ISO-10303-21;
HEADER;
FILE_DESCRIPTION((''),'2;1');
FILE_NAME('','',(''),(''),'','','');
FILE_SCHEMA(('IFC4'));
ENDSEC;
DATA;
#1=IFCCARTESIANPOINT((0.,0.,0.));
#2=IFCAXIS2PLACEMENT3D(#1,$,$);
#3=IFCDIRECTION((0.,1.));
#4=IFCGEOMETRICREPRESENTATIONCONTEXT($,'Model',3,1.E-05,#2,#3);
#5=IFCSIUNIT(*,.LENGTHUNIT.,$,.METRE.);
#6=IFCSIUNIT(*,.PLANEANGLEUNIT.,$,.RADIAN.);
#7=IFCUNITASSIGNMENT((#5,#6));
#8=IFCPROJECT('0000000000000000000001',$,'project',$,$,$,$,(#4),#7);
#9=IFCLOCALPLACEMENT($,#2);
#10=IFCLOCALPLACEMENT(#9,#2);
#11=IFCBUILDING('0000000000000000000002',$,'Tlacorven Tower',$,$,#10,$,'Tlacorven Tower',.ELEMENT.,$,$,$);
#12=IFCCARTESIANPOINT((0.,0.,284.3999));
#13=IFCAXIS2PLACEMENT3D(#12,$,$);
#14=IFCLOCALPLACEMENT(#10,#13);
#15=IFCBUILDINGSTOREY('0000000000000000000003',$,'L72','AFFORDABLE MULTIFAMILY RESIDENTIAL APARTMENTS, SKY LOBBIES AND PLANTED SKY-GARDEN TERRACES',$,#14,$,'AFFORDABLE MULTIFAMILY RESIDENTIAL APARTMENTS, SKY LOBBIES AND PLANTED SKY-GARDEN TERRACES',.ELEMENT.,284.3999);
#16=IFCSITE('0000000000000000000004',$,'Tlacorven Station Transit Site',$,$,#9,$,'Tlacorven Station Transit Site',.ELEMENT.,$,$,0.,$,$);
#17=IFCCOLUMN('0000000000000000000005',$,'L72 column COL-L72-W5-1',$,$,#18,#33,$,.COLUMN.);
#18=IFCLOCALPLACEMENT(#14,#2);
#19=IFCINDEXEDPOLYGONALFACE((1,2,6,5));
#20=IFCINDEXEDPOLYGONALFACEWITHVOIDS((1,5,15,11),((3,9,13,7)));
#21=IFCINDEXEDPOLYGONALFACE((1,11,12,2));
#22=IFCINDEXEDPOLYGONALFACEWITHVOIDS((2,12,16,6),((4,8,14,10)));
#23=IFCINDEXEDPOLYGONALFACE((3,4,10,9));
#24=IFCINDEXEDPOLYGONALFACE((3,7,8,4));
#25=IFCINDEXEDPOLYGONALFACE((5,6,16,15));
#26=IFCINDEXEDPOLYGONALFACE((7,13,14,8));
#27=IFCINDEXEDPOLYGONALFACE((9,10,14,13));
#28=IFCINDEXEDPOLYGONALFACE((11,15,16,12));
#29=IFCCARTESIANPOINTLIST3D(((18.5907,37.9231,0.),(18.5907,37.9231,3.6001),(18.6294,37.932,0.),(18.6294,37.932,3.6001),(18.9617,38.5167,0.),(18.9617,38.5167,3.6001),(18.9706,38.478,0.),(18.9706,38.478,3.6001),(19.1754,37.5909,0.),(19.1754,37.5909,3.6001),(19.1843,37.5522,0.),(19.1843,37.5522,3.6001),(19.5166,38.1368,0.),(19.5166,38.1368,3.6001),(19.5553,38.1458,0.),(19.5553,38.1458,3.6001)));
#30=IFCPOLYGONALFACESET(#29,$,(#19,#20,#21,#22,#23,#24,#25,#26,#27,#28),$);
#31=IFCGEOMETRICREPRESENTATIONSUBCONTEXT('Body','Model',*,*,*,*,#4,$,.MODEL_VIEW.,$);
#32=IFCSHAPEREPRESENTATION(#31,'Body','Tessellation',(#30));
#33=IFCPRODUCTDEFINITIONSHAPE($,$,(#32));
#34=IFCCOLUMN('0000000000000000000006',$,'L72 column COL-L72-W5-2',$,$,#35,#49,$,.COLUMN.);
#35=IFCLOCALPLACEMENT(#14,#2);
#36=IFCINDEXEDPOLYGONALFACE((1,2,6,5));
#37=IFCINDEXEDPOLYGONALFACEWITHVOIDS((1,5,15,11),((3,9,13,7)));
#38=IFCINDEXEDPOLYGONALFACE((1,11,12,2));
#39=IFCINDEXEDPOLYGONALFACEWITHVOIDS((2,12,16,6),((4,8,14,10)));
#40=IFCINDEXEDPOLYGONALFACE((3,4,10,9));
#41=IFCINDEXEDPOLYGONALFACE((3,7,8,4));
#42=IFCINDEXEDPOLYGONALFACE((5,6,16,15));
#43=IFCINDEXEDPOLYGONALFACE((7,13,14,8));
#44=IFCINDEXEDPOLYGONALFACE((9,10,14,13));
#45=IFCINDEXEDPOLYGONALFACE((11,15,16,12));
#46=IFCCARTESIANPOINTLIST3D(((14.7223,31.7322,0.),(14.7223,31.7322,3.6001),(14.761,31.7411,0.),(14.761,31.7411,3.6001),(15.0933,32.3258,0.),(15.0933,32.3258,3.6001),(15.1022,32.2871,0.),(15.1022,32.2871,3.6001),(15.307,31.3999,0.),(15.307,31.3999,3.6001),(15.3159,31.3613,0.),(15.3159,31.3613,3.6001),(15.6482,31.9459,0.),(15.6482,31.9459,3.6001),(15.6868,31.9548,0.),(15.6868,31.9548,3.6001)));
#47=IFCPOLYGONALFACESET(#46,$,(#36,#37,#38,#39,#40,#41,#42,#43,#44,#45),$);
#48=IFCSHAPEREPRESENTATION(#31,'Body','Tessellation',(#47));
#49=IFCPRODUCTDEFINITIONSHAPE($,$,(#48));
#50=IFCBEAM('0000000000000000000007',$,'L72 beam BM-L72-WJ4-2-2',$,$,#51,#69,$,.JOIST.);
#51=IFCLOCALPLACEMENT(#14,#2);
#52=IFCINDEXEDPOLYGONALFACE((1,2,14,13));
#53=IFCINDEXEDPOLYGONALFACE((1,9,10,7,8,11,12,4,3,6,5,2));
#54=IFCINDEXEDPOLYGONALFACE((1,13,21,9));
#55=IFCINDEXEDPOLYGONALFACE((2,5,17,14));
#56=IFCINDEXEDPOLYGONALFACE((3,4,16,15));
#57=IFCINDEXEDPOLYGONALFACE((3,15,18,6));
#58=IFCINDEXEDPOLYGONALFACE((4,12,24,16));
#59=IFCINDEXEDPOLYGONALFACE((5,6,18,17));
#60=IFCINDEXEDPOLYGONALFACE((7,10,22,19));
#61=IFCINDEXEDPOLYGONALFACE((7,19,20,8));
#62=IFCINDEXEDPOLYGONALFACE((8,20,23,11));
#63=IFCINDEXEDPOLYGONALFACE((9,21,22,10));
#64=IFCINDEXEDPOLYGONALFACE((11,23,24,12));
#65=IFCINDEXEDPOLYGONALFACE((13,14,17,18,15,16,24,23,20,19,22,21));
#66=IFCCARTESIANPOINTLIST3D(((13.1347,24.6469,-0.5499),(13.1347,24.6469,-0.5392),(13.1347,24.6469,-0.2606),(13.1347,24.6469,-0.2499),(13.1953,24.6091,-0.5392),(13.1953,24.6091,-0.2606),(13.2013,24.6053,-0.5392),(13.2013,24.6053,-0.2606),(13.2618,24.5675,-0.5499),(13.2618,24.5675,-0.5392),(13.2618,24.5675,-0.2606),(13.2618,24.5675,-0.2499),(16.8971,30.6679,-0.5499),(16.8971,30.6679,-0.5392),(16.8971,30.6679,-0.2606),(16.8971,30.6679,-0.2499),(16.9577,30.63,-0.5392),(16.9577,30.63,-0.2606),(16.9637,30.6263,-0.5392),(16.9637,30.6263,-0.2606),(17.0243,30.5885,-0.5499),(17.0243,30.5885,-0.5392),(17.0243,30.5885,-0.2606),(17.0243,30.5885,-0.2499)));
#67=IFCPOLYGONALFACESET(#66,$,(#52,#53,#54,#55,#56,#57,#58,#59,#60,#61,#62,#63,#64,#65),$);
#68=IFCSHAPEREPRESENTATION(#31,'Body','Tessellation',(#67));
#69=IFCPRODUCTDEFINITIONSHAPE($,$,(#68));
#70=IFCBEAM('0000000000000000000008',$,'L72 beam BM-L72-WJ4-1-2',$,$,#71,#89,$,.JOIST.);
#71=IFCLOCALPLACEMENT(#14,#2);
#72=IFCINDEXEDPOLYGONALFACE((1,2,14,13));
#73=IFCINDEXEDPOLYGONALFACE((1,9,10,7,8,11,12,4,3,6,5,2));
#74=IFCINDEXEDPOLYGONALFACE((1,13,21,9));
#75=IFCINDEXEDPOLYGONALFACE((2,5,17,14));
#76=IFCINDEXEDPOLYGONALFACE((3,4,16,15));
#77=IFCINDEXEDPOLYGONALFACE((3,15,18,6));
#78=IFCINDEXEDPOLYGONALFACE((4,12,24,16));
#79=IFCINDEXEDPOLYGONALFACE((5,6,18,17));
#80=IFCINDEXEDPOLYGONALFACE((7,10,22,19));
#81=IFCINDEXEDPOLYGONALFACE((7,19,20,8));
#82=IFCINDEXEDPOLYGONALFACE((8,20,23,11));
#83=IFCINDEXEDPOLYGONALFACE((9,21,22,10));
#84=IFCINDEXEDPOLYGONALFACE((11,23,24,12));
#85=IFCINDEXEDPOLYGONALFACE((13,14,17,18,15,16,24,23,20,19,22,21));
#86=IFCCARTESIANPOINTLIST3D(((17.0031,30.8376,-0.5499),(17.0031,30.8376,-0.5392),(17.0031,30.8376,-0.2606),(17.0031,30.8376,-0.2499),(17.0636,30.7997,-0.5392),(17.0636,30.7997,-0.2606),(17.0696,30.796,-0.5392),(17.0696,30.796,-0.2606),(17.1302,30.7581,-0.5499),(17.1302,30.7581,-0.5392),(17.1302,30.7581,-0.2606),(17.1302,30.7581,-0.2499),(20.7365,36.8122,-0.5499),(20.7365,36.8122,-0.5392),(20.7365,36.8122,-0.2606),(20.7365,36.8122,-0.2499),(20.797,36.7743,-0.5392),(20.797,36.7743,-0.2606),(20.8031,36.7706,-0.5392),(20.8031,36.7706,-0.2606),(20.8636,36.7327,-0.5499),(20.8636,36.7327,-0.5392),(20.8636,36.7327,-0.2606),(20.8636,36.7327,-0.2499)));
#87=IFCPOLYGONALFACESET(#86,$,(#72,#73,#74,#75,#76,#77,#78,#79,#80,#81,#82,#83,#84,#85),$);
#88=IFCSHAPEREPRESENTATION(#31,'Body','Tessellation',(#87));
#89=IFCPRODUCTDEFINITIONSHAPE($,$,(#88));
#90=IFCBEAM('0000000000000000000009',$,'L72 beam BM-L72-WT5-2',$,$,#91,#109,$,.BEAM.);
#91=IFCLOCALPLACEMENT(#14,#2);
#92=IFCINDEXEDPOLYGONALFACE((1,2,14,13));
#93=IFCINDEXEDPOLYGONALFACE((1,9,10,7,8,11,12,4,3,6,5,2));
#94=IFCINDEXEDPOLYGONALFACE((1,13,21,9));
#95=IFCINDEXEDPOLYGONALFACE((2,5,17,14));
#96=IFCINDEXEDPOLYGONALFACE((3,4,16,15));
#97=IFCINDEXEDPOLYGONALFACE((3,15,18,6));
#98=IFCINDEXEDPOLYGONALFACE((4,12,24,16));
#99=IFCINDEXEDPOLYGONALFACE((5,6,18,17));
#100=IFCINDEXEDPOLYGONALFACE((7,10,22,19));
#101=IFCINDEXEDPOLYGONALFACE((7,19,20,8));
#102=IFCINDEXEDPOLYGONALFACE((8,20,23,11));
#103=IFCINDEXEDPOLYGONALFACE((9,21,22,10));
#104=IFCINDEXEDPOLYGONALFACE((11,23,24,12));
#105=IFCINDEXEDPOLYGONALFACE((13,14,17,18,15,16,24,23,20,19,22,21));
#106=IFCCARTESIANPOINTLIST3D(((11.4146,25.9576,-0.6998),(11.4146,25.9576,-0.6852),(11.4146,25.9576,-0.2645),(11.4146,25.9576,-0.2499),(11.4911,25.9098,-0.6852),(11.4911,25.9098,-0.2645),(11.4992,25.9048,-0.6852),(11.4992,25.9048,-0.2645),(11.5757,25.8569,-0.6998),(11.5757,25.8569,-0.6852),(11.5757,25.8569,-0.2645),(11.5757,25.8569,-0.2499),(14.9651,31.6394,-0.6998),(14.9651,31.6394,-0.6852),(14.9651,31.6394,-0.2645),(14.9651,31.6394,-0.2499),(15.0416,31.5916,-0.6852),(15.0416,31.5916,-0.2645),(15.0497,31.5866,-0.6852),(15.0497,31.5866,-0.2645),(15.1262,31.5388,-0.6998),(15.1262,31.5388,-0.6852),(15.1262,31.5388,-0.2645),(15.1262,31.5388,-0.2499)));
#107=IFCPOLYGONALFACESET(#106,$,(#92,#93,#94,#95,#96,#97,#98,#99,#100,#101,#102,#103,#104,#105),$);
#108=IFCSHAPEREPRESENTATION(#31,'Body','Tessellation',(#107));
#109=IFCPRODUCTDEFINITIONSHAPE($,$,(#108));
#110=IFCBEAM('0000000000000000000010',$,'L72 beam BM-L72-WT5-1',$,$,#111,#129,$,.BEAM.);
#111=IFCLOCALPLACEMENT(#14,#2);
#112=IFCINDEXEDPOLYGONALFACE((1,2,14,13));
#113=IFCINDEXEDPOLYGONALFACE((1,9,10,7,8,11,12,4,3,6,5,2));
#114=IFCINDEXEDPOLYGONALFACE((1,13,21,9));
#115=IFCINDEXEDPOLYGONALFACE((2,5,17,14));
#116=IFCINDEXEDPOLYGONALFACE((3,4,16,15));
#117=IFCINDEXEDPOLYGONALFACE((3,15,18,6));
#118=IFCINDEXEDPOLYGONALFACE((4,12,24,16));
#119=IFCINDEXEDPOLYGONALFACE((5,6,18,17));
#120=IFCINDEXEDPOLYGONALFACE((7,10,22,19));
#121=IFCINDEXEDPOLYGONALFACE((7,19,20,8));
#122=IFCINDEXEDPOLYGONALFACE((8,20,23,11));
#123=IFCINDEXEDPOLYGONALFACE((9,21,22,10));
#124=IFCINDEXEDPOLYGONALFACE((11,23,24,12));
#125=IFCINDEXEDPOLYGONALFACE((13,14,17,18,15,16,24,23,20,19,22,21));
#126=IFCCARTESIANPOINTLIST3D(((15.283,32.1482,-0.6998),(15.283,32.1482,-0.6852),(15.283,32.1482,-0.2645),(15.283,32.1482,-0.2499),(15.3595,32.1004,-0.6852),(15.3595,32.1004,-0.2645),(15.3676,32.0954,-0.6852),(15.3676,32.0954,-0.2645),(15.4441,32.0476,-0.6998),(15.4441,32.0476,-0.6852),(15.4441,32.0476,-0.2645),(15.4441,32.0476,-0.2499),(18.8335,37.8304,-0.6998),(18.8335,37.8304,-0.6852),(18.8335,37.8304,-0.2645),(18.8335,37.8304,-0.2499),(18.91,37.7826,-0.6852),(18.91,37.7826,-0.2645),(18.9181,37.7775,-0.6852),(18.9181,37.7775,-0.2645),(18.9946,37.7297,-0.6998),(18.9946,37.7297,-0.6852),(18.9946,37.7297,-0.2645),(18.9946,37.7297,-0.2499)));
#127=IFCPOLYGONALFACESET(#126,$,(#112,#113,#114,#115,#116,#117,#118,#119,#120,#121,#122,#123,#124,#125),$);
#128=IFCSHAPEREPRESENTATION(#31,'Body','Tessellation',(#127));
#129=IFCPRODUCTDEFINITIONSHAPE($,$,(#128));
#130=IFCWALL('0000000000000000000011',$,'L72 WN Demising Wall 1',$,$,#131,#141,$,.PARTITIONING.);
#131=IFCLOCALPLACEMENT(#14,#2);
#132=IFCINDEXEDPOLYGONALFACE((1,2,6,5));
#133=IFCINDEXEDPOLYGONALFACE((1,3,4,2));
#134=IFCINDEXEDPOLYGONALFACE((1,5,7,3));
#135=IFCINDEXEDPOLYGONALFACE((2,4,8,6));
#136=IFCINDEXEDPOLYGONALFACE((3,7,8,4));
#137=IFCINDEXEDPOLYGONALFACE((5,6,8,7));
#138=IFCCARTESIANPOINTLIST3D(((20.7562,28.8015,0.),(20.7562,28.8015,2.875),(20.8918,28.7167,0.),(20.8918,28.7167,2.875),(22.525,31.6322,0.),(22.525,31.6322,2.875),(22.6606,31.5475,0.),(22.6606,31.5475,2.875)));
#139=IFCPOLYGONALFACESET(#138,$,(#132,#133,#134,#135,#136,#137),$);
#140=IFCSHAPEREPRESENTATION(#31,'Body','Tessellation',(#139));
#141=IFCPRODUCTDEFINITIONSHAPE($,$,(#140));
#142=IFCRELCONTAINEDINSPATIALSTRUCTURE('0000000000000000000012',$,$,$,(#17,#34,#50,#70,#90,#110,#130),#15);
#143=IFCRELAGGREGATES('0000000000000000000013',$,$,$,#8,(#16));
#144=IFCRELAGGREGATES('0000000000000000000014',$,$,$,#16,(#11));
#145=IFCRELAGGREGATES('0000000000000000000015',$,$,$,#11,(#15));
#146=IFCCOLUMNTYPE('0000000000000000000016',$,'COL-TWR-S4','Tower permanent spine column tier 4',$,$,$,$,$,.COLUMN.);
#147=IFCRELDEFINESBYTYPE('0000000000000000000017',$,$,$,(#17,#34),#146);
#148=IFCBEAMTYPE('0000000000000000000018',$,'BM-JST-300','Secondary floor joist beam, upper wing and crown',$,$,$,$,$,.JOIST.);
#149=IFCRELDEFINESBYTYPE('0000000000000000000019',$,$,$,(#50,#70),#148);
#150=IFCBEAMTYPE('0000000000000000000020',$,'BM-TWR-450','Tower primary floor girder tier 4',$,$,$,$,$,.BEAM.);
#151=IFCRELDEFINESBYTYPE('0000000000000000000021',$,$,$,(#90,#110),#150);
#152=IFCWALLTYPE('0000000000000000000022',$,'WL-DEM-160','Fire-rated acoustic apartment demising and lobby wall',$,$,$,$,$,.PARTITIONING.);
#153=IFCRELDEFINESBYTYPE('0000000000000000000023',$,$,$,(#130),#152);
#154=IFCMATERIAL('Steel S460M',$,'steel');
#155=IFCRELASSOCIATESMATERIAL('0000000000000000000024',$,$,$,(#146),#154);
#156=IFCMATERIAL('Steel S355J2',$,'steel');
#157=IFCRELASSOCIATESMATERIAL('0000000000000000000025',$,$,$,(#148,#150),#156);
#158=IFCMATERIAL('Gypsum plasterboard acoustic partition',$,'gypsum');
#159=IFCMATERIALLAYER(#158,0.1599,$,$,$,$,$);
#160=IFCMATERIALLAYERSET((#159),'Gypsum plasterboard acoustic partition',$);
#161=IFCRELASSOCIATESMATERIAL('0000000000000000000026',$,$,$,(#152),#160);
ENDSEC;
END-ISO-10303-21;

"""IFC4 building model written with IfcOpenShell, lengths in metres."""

from ifc_helpers import new_model, si_unit, direction, frame, frame_2d, origin, origin_2d, place, context, subcontext, project, spatial, rectangle, hollow_rectangle, i_section, extrude, source, transform, mapped, material, layer, layer_set, material_profile, profile_set, type_object, element, save


model = new_model("IFC4")

# Units and contexts
model_context = context("Model", 3, precision=1e-05, world=origin(), true_north=direction((0.0, 1.0)))
body_context = subcontext(model_context, "Body", "Model", "MODEL_VIEW")
ifc_project = project(units=[si_unit("LENGTHUNIT", "METRE"), si_unit("PLANEANGLEUNIT", "RADIAN")], contexts=[model_context])

# Site, building, storey
site_placement = place(None, origin())
site = spatial("IfcSite", under=ifc_project, at=site_placement, Name="Tlacorven Station Transit Site", LongName="Tlacorven Station Transit Site", CompositionType="ELEMENT", RefElevation=0.0)
building_placement = place(site_placement, origin())
building = spatial("IfcBuilding", under=site, at=building_placement, Name="Tlacorven Tower", LongName="Tlacorven Tower", CompositionType="ELEMENT")
storey_placement = place(building_placement, frame((0.0, 0.0, 284.3999)))
storey = spatial("IfcBuildingStorey", under=building, at=storey_placement, Name="L72", Description="AFFORDABLE MULTIFAMILY RESIDENTIAL APARTMENTS, SKY LOBBIES AND PLANTED SKY-GARDEN TERRACES", LongName="AFFORDABLE MULTIFAMILY RESIDENTIAL APARTMENTS, SKY LOBBIES AND PLANTED SKY-GARDEN TERRACES", CompositionType="ELEMENT", Elevation=284.3999)

# Columns
ifc_material_1 = material(Name="Steel S460M", Category="steel")
ifc_material_profile_1 = material_profile(ifc_material_1, hollow_rectangle(XDim=0.7, YDim=0.7, WallThickness=0.0281, at=origin_2d()), Name="BOX 700X700X28")
ifc_profile_set_1 = profile_set([ifc_material_profile_1], Name="Steel S460M")
column_type = type_object("IfcColumnType", Name="COL-TWR-S4", Description="Tower permanent spine column tier 4", PredefinedType="COLUMN", material=ifc_profile_set_1)
shared_shape_1 = source(origin(), body_context, "Body", "SweptSolid", [
    extrude(hollow_rectangle(XDim=0.7, YDim=0.7, WallThickness=0.0281, at=origin_2d()), origin(), (0.0, 0.0, 1.0), 3.6001),
])
for number, where, z_axis, x_axis, name in (
    (1, (19.073, 38.0344, 0.0), (0.0, 0.0, 1.0), (-0.848048, 0.529919, 0.0), "L72 column COL-L72-W5-1"),
    (2, (15.2046, 31.8435, 0.0), (0.0, 0.0, 1.0), (-0.848048, 0.529919, 0.0), "L72 column COL-L72-W5-2"),
):
    element("IfcColumn", number, at=place(storey_placement, frame(where, z_axis=z_axis, x_axis=x_axis)), inside=storey, type_object=column_type, Name=name, PredefinedType="COLUMN", context=body_context, shape_type="MappedRepresentation", body=[
        mapped(shared_shape_1, transform((0.0, 0.0, 0.0), scale=1.0)),
    ])

# Beams
ifc_material_2 = material(Name="Steel S355J2", Category="steel")
ifc_material_profile_2 = material_profile(ifc_material_2, i_section(OverallWidth=0.1499, OverallDepth=0.3, WebThickness=0.0071, FlangeThickness=0.0107, at=origin_2d()), Name="IPE 300")
ifc_profile_set_2 = profile_set([ifc_material_profile_2], Name="Steel S355J2")
beam_type_1 = type_object("IfcBeamType", Name="BM-JST-300", Description="Secondary floor joist beam, upper wing and crown", PredefinedType="JOIST", material=ifc_profile_set_2)
shared_shape_2 = source(origin(), body_context, "Body", "SweptSolid", [
    extrude(i_section(OverallWidth=0.1499, OverallDepth=0.3, WebThickness=0.0071, FlangeThickness=0.0107, at=origin_2d()), origin(), (0.0, 0.0, 1.0), 7.0999),
])
beam_1_placement = place(storey_placement, frame((16.9607, 30.6282, -0.3999), z_axis=(-0.529931, -0.848041, 0.0), x_axis=(0.848041, -0.529931, 0.0)))
element("IfcBeam", 3, at=beam_1_placement, inside=storey, type_object=beam_type_1, Name="L72 beam BM-L72-WJ4-2-2", PredefinedType="JOIST", context=body_context, shape_type="MappedRepresentation", body=[
    mapped(shared_shape_2, transform((0.0, 0.0, 0.0), scale=1.0)),
])
shared_shape_3 = source(origin(), body_context, "Body", "SweptSolid", [
    extrude(i_section(OverallWidth=0.1499, OverallDepth=0.3, WebThickness=0.0071, FlangeThickness=0.0107, at=origin_2d()), origin(), (0.0, 0.0, 1.0), 7.0452),
])
beam_2_placement = place(storey_placement, frame((20.8, 36.7725, -0.3999), z_axis=(-0.529924, -0.848045, 0.0), x_axis=(0.848045, -0.529924, 0.0)))
element("IfcBeam", 4, at=beam_2_placement, inside=storey, type_object=beam_type_1, Name="L72 beam BM-L72-WJ4-1-2", PredefinedType="JOIST", context=body_context, shape_type="MappedRepresentation", body=[
    mapped(shared_shape_3, transform((0.0, 0.0, 0.0), scale=1.0)),
])
ifc_material_profile_3 = material_profile(ifc_material_2, i_section(OverallWidth=0.1899, OverallDepth=0.45, WebThickness=0.0095, FlangeThickness=0.0146, at=origin_2d()), Name="IPE 450")
ifc_profile_set_3 = profile_set([ifc_material_profile_3], Name="Steel S355J2")
beam_type_2 = type_object("IfcBeamType", Name="BM-TWR-450", Description="Tower primary floor girder tier 4", PredefinedType="BEAM", material=ifc_profile_set_3)
shared_shape_4 = source(origin(), body_context, "Body", "SweptSolid", [
    extrude(i_section(OverallWidth=0.1899, OverallDepth=0.45, WebThickness=0.0095, FlangeThickness=0.0146, at=origin_2d()), origin(), (0.0, 0.0, 1.0), 6.7),
])
beam_3_placement = place(storey_placement, frame((15.0457, 31.5891, -0.4749), z_axis=(-0.52993, -0.848041, 0.0), x_axis=(0.848041, -0.52993, 0.0)))
element("IfcBeam", 5, at=beam_3_placement, inside=storey, type_object=beam_type_2, Name="L72 beam BM-L72-WT5-2", PredefinedType="BEAM", context=body_context, shape_type="MappedRepresentation", body=[
    mapped(shared_shape_4, transform((0.0, 0.0, 0.0), scale=1.0)),
])
shared_shape_5 = source(origin(), body_context, "Body", "SweptSolid", [
    extrude(i_section(OverallWidth=0.1899, OverallDepth=0.45, WebThickness=0.0095, FlangeThickness=0.0146, at=origin_2d()), origin(), (0.0, 0.0, 1.0), 6.7002),
])
beam_4_placement = place(storey_placement, frame((18.9141, 37.78, -0.4749), z_axis=(-0.529914, -0.848052, 0.0), x_axis=(0.848052, -0.529914, 0.0)))
element("IfcBeam", 6, at=beam_4_placement, inside=storey, type_object=beam_type_2, Name="L72 beam BM-L72-WT5-1", PredefinedType="BEAM", context=body_context, shape_type="MappedRepresentation", body=[
    mapped(shared_shape_5, transform((0.0, 0.0, 0.0), scale=1.0)),
])

# Wall
ifc_material_3 = material(Name="Gypsum plasterboard acoustic partition", Category="gypsum")
ifc_layer_1 = layer(ifc_material_3, 0.1599)
ifc_layer_set_1 = layer_set([ifc_layer_1], Name="Gypsum plasterboard acoustic partition")
wall_type_1 = type_object("IfcWallType", Name="WL-DEM-160", Description="Fire-rated acoustic apartment demising and lobby wall", PredefinedType="PARTITIONING", material=ifc_layer_set_1)
wall_1_placement = place(storey_placement, frame((22.5928, 31.5898, 0.0), z_axis=(0.0, 0.0, 1.0), x_axis=(-0.5299, -0.84806, 0.0)))
element("IfcWall", 7, at=wall_1_placement, inside=storey, type_object=wall_type_1, Name="L72 WN Demising Wall 1", PredefinedType="PARTITIONING", context=body_context, shape_type="SweptSolid", body=[
    extrude(rectangle(XDim=3.3379, YDim=0.1599, at=frame_2d((1.6689, 0.0))), origin(), (0.0, 0.0, 1.0), 2.875),
])

save(model, "model.ifc")
